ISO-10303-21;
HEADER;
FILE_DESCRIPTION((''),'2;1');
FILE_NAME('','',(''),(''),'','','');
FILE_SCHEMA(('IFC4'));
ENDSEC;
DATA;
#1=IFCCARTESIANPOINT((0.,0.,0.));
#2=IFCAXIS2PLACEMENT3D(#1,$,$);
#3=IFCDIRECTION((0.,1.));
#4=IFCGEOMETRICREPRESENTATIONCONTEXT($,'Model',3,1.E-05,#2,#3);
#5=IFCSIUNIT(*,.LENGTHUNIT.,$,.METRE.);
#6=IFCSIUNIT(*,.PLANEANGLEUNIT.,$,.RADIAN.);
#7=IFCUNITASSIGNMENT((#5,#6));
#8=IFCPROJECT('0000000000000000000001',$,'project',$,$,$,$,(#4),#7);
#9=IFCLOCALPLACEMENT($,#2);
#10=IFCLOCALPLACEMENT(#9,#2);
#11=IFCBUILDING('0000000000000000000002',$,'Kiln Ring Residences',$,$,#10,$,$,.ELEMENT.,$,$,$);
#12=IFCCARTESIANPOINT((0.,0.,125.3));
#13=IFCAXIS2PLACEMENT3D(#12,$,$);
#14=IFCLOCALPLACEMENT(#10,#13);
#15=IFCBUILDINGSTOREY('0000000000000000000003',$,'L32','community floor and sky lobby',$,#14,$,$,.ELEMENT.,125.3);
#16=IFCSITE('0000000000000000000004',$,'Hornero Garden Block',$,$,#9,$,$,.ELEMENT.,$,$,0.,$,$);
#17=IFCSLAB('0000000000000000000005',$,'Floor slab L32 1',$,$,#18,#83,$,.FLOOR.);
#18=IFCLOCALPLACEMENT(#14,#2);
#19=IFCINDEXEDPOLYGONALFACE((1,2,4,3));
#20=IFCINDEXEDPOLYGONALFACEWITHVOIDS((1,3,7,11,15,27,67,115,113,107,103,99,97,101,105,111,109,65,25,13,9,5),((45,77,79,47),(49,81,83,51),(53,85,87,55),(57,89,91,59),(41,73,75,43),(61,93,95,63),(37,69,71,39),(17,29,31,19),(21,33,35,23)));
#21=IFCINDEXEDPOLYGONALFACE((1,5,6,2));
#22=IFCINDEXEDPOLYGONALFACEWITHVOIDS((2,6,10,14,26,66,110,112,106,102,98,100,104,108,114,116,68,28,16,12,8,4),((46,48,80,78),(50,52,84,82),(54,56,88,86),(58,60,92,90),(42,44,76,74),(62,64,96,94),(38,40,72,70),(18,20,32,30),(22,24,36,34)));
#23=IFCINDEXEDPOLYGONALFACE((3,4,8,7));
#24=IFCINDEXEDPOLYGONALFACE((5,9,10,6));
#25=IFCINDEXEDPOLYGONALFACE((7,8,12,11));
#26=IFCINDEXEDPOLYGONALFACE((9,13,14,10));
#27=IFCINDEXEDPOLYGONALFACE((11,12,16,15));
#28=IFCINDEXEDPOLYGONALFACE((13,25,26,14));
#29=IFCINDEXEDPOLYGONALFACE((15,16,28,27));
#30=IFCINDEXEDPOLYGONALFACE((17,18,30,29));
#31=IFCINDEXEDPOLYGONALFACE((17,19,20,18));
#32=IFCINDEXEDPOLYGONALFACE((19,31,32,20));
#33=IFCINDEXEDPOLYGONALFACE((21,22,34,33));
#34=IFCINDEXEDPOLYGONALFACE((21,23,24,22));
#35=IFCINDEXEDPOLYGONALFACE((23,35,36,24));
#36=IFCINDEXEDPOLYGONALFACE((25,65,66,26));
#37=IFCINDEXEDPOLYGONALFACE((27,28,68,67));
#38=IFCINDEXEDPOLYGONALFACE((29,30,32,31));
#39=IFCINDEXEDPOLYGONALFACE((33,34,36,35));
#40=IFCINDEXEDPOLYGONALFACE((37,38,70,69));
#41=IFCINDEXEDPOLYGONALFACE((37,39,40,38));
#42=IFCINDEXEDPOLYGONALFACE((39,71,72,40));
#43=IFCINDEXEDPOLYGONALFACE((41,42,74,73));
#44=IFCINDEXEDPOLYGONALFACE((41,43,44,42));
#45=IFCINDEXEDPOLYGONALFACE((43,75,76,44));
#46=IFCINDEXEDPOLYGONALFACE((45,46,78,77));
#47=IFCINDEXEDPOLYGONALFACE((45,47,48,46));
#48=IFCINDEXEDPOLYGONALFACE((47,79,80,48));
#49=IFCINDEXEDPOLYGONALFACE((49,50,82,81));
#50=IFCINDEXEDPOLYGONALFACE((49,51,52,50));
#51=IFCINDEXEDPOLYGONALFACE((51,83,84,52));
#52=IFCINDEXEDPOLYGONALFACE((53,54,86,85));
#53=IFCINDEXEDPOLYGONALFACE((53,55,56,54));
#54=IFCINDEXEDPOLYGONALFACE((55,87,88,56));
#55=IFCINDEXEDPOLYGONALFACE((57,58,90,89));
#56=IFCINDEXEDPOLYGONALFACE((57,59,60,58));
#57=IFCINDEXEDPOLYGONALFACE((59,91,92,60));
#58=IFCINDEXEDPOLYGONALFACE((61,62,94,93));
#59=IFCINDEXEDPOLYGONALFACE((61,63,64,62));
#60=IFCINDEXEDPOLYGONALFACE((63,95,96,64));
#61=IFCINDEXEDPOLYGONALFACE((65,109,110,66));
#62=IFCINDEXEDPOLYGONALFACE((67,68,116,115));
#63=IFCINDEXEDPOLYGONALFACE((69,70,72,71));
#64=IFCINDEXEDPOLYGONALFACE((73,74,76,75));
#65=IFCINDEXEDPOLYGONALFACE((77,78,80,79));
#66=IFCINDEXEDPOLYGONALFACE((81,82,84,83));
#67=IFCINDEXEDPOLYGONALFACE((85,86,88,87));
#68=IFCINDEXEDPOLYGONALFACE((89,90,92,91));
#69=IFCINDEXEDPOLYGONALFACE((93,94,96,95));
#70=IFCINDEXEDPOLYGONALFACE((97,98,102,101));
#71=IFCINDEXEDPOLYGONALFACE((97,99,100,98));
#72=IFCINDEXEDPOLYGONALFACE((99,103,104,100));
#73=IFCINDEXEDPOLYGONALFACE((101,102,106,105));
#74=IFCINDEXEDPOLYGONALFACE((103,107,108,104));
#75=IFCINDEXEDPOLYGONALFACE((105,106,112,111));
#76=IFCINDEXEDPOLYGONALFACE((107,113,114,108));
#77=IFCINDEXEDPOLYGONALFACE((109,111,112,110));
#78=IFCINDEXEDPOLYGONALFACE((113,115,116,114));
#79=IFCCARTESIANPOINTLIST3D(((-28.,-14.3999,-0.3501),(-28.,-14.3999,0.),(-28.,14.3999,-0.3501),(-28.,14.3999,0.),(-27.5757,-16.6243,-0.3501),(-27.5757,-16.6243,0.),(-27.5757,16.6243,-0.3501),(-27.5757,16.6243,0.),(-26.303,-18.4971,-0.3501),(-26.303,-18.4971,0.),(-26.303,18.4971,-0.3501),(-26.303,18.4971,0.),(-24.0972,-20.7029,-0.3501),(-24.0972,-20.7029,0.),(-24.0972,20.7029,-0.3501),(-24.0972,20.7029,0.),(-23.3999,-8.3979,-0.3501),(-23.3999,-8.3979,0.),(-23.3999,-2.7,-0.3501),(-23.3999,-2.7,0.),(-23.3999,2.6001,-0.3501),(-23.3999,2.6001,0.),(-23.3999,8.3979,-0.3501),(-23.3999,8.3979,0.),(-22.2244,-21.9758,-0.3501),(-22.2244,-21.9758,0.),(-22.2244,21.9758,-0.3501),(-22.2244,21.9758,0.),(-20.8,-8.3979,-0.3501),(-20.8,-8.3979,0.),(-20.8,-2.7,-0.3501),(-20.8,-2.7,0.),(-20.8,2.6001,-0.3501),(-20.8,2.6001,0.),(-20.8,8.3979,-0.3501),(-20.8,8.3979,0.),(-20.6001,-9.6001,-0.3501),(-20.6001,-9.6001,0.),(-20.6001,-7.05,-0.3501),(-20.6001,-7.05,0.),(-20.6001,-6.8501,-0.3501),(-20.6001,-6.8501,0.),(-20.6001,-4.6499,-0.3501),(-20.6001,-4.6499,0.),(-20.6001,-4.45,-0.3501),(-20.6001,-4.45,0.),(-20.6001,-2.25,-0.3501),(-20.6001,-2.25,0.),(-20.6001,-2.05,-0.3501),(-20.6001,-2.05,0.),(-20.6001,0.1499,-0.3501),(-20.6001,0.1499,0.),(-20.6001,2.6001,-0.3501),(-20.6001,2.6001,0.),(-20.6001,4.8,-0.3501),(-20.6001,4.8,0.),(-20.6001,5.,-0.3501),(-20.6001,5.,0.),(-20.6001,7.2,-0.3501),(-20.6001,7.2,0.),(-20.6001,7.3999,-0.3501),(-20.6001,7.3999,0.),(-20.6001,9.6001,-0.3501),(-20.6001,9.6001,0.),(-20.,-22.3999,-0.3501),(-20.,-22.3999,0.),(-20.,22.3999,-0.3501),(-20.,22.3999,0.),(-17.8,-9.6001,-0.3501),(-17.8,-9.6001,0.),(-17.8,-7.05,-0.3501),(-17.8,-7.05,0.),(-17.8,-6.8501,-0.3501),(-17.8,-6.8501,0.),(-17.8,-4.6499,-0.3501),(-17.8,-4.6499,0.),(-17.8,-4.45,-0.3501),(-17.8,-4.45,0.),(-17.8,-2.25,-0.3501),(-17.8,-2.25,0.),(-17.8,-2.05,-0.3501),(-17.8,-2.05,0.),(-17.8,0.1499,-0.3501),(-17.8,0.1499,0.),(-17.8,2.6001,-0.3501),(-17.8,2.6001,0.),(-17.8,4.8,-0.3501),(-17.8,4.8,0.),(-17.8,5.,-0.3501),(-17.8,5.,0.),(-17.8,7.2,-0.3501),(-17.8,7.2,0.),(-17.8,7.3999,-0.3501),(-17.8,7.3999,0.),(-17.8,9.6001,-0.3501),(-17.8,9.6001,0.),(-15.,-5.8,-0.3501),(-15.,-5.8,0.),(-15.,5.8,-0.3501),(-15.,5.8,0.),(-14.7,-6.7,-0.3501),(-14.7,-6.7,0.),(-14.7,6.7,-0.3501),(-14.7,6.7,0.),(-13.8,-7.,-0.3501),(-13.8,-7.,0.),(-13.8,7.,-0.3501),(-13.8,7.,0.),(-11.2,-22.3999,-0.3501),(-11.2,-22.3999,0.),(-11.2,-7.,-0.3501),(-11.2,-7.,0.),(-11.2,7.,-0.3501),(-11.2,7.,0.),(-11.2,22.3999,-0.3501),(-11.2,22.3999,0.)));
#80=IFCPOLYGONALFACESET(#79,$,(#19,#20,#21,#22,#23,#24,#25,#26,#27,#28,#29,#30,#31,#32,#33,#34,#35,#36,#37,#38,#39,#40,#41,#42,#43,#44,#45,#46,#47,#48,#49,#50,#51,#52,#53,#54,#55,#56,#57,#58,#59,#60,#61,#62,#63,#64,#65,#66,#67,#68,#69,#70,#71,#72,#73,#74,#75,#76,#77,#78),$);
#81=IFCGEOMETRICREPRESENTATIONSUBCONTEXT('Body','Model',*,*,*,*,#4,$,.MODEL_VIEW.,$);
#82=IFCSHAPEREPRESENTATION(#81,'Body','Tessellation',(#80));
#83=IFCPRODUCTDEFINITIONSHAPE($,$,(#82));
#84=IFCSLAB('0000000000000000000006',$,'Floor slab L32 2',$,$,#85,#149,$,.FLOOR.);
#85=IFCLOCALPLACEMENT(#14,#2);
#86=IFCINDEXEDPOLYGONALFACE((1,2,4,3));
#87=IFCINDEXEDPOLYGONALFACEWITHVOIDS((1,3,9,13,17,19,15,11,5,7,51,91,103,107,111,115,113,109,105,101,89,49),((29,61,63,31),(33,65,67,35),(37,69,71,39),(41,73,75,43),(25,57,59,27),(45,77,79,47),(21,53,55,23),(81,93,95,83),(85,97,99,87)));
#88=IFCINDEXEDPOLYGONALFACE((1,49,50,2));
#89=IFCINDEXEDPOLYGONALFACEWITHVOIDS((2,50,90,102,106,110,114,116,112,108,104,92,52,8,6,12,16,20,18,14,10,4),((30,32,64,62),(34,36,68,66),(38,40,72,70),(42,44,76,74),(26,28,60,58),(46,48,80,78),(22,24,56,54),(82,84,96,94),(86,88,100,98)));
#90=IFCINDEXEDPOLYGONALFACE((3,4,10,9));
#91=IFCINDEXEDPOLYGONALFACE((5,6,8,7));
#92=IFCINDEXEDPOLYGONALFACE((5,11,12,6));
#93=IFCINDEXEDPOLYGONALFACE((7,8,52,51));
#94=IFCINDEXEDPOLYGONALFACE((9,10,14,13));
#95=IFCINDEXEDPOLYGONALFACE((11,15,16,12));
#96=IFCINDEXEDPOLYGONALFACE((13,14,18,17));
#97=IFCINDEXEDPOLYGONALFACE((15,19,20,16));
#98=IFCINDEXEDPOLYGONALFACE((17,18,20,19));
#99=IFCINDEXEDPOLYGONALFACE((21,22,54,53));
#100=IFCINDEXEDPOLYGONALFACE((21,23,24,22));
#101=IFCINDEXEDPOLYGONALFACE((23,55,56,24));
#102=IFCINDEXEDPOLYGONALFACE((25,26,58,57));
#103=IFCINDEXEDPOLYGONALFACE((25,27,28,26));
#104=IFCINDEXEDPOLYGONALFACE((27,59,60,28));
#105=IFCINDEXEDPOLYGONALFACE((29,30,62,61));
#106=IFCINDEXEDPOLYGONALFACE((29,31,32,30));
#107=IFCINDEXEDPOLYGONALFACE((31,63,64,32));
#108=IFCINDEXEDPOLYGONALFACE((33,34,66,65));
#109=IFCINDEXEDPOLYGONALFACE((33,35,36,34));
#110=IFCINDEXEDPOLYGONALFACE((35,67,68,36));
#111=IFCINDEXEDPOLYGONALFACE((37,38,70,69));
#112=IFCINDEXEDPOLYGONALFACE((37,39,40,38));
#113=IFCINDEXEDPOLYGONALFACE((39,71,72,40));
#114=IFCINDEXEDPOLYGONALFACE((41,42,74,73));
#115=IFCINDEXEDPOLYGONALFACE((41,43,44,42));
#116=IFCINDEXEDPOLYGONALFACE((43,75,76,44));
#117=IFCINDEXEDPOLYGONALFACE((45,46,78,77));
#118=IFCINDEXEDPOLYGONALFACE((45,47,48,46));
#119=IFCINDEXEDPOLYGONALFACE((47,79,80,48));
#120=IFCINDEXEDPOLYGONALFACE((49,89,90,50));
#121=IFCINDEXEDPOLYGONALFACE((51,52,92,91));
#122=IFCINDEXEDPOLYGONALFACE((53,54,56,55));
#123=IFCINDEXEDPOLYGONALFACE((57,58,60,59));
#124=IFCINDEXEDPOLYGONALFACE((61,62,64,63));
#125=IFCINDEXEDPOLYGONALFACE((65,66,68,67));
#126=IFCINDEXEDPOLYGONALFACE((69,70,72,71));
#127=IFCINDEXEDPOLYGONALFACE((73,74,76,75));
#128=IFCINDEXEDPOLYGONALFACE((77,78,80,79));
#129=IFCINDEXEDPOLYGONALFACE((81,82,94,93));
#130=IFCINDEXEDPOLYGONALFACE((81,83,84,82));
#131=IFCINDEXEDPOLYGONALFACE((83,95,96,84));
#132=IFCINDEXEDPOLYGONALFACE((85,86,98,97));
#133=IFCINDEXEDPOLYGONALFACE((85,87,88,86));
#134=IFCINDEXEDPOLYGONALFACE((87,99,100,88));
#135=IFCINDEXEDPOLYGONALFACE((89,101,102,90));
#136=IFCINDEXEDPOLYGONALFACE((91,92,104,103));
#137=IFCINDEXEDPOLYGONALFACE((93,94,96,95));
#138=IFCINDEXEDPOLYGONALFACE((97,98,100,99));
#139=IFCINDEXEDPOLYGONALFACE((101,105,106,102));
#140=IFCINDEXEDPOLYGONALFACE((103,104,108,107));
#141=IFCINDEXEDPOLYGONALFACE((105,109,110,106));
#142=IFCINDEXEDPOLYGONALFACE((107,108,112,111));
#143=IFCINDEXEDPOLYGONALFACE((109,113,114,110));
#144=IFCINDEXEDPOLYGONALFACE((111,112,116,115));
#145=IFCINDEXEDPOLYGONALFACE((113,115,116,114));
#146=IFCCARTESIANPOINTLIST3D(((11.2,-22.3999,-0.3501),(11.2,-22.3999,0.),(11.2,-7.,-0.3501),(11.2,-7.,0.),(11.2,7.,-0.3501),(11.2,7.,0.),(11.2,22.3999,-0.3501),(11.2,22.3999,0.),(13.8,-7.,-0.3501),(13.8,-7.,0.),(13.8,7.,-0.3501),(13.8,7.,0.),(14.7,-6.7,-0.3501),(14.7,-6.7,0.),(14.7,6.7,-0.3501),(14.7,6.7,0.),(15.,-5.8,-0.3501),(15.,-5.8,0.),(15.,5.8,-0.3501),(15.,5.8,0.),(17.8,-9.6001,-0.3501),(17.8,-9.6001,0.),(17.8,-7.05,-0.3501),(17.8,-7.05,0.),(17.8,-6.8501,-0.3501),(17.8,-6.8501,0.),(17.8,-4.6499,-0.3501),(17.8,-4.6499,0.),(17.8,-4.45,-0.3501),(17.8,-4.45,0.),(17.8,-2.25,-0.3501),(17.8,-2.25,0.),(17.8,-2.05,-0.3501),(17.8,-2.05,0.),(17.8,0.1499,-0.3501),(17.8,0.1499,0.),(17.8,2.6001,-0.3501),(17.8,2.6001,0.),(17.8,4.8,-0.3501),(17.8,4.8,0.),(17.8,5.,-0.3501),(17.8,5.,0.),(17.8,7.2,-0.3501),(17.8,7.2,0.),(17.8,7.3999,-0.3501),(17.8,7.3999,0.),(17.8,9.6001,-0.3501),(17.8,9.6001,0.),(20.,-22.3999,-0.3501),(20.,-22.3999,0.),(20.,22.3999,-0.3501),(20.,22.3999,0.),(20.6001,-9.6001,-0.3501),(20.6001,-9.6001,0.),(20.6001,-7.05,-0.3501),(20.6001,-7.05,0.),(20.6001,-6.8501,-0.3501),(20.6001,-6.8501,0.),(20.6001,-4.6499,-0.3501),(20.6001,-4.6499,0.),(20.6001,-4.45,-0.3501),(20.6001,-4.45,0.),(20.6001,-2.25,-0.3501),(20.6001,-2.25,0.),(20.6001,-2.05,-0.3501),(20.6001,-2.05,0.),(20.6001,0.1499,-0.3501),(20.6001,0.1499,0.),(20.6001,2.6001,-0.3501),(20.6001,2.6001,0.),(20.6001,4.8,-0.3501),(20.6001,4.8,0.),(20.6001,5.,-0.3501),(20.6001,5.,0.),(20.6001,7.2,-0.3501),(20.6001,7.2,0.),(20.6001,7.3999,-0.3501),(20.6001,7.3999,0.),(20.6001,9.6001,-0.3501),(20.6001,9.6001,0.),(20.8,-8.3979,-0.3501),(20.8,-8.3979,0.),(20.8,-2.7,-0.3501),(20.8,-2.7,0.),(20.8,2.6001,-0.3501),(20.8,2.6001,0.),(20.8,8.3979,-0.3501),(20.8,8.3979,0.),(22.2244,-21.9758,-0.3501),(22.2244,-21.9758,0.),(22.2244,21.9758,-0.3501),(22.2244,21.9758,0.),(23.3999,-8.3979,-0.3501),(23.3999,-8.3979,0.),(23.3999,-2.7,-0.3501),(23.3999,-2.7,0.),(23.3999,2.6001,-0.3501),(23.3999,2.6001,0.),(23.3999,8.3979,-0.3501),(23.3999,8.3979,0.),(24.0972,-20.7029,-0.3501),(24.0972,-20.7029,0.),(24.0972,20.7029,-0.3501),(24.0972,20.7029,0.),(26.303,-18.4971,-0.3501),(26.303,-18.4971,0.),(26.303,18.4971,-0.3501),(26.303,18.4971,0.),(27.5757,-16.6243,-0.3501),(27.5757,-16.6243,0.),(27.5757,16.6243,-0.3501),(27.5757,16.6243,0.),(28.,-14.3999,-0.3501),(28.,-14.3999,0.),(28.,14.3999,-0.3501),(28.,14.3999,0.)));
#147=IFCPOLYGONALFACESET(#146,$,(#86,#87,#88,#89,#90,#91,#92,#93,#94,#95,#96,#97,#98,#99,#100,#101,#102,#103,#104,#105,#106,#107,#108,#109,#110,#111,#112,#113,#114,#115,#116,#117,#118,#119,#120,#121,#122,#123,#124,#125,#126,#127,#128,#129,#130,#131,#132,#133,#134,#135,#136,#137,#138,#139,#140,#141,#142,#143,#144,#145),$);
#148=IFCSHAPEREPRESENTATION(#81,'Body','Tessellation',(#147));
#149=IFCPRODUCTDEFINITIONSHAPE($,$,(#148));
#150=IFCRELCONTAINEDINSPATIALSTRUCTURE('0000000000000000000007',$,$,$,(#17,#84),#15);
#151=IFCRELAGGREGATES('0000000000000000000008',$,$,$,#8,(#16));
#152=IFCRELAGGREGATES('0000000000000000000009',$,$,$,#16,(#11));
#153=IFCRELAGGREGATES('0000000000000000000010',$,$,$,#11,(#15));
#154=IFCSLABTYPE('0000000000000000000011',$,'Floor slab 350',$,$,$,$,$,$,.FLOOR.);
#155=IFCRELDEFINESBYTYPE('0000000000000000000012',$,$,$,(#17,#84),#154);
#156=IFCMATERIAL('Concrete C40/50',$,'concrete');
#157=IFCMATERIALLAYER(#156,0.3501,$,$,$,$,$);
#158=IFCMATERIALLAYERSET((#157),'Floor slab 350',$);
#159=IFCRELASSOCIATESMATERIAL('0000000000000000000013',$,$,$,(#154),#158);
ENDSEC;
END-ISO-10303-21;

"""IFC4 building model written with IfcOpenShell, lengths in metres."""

from ifc_helpers import new_model, si_unit, direction, frame, origin, place, context, subcontext, project, spatial, polyline, outline, extrude, material, layer, layer_set, type_object, element, save


model = new_model("IFC4")

# Units and contexts
model_context = context("Model", 3, precision=1e-05, world=origin(), true_north=direction((0.0, 1.0)))
body_context = subcontext(model_context, "Body", "Model", "MODEL_VIEW")
ifc_project = project(units=[si_unit("LENGTHUNIT", "METRE"), si_unit("PLANEANGLEUNIT", "RADIAN")], contexts=[model_context])

# Site, building, storey
site_placement = place(None, origin())
site = spatial("IfcSite", under=ifc_project, at=site_placement, Name="Hornero Garden Block", CompositionType="ELEMENT", RefElevation=0.0)
building_placement = place(site_placement, origin())
building = spatial("IfcBuilding", under=site, at=building_placement, Name="Kiln Ring Residences", CompositionType="ELEMENT")
storey_placement = place(building_placement, frame((0.0, 0.0, 125.3)))
storey = spatial("IfcBuildingStorey", under=building, at=storey_placement, Name="L32", Description="community floor and sky lobby", CompositionType="ELEMENT", Elevation=125.3)

# Slabs
ifc_material_1 = material(Name="Concrete C40/50", Category="concrete")
ifc_layer_1 = layer(ifc_material_1, 0.3501)
ifc_layer_set_1 = layer_set([ifc_layer_1], Name="Floor slab 350")
slab_type = type_object("IfcSlabType", Name="Floor slab 350", PredefinedType="FLOOR", material=ifc_layer_set_1)
placement_1 = place(storey_placement, frame((0.0, 0.0, -0.3501)))
element("IfcSlab", 1, at=placement_1, inside=storey, type_object=slab_type, Name="Floor slab L32 1", PredefinedType="FLOOR", context=body_context, shape_type="SweptSolid", body=[
    extrude(outline(polyline([(-28.0, -14.3999), (-27.5757, -16.6243), (-26.303, -18.4971), (-24.0972, -20.7029), (-22.2244, -21.9758), (-20.0, -22.3999), (-11.2, -22.3999), (-11.2, -7.0), (-13.8, -7.0), (-14.7, -6.7), (-15.0, -5.8), (-15.0, 5.8), (-14.7, 6.7), (-13.8, 7.0), (-11.2, 7.0), (-11.2, 22.3999), (-20.0, 22.3999), (-22.2244, 21.9758), (-24.0972, 20.7029), (-26.303, 18.4971), (-27.5757, 16.6243), (-28.0, 14.3999), (-28.0, -14.3999)]), holes=[polyline([(-17.8, 2.6001), (-20.6001, 2.6001), (-20.6001, 4.8), (-17.8, 4.8), (-17.8, 2.6001)]), polyline([(-17.8, -2.05), (-20.6001, -2.05), (-20.6001, 0.1499), (-17.8, 0.1499), (-17.8, -2.05)]), polyline([(-17.8, -4.45), (-20.6001, -4.45), (-20.6001, -2.25), (-17.8, -2.25), (-17.8, -4.45)]), polyline([(-17.8, -6.8501), (-20.6001, -6.8501), (-20.6001, -4.6499), (-17.8, -4.6499), (-17.8, -6.8501)]), polyline([(-17.8, -9.6001), (-20.6001, -9.6001), (-20.6001, -7.05), (-17.8, -7.05), (-17.8, -9.6001)]), polyline([(-20.6001, 7.3999), (-20.6001, 9.6001), (-17.8, 9.6001), (-17.8, 7.3999), (-20.6001, 7.3999)]), polyline([(-20.6001, 5.0), (-20.6001, 7.2), (-17.8, 7.2), (-17.8, 5.0), (-20.6001, 5.0)]), polyline([(-20.8, -8.3979), (-23.3999, -8.3979), (-23.3999, -2.7), (-20.8, -2.7), (-20.8, -8.3979)]), polyline([(-20.8, 2.6001), (-23.3999, 2.6001), (-23.3999, 8.3979), (-20.8, 8.3979), (-20.8, 2.6001)])]), origin(), (0.0, 0.0, 1.0), 0.3501),
])
element("IfcSlab", 2, at=placement_1, inside=storey, type_object=slab_type, Name="Floor slab L32 2", PredefinedType="FLOOR", context=body_context, shape_type="SweptSolid", body=[
    extrude(outline(polyline([(13.8, -7.0), (11.2, -7.0), (11.2, -22.3999), (20.0, -22.3999), (22.2244, -21.9758), (24.0972, -20.7029), (26.303, -18.4971), (27.5757, -16.6243), (28.0, -14.3999), (28.0, 14.3999), (27.5757, 16.6243), (26.303, 18.4971), (24.0972, 20.7029), (22.2244, 21.9758), (20.0, 22.3999), (11.2, 22.3999), (11.2, 7.0), (13.8, 7.0), (14.7, 6.7), (15.0, 5.8), (15.0, -5.8), (14.7, -6.7), (13.8, -7.0)]), holes=[polyline([(20.8, 2.6001), (20.8, 8.3979), (23.3999, 8.3979), (23.3999, 2.6001), (20.8, 2.6001)]), polyline([(20.8, -8.3979), (20.8, -2.7), (23.3999, -2.7), (23.3999, -8.3979), (20.8, -8.3979)]), polyline([(17.8, -9.6001), (17.8, -7.05), (20.6001, -7.05), (20.6001, -9.6001), (17.8, -9.6001)]), polyline([(17.8, 9.6001), (20.6001, 9.6001), (20.6001, 7.3999), (17.8, 7.3999), (17.8, 9.6001)]), polyline([(17.8, 7.2), (20.6001, 7.2), (20.6001, 5.0), (17.8, 5.0), (17.8, 7.2)]), polyline([(17.8, 2.6001), (17.8, 4.8), (20.6001, 4.8), (20.6001, 2.6001), (17.8, 2.6001)]), polyline([(17.8, -2.05), (17.8, 0.1499), (20.6001, 0.1499), (20.6001, -2.05), (17.8, -2.05)]), polyline([(17.8, -4.45), (17.8, -2.25), (20.6001, -2.25), (20.6001, -4.45), (17.8, -4.45)]), polyline([(17.8, -6.8501), (17.8, -4.6499), (20.6001, -4.6499), (20.6001, -6.8501), (17.8, -6.8501)])]), origin(), (0.0, 0.0, 1.0), 0.3501),
])

save(model, "model.ifc")
